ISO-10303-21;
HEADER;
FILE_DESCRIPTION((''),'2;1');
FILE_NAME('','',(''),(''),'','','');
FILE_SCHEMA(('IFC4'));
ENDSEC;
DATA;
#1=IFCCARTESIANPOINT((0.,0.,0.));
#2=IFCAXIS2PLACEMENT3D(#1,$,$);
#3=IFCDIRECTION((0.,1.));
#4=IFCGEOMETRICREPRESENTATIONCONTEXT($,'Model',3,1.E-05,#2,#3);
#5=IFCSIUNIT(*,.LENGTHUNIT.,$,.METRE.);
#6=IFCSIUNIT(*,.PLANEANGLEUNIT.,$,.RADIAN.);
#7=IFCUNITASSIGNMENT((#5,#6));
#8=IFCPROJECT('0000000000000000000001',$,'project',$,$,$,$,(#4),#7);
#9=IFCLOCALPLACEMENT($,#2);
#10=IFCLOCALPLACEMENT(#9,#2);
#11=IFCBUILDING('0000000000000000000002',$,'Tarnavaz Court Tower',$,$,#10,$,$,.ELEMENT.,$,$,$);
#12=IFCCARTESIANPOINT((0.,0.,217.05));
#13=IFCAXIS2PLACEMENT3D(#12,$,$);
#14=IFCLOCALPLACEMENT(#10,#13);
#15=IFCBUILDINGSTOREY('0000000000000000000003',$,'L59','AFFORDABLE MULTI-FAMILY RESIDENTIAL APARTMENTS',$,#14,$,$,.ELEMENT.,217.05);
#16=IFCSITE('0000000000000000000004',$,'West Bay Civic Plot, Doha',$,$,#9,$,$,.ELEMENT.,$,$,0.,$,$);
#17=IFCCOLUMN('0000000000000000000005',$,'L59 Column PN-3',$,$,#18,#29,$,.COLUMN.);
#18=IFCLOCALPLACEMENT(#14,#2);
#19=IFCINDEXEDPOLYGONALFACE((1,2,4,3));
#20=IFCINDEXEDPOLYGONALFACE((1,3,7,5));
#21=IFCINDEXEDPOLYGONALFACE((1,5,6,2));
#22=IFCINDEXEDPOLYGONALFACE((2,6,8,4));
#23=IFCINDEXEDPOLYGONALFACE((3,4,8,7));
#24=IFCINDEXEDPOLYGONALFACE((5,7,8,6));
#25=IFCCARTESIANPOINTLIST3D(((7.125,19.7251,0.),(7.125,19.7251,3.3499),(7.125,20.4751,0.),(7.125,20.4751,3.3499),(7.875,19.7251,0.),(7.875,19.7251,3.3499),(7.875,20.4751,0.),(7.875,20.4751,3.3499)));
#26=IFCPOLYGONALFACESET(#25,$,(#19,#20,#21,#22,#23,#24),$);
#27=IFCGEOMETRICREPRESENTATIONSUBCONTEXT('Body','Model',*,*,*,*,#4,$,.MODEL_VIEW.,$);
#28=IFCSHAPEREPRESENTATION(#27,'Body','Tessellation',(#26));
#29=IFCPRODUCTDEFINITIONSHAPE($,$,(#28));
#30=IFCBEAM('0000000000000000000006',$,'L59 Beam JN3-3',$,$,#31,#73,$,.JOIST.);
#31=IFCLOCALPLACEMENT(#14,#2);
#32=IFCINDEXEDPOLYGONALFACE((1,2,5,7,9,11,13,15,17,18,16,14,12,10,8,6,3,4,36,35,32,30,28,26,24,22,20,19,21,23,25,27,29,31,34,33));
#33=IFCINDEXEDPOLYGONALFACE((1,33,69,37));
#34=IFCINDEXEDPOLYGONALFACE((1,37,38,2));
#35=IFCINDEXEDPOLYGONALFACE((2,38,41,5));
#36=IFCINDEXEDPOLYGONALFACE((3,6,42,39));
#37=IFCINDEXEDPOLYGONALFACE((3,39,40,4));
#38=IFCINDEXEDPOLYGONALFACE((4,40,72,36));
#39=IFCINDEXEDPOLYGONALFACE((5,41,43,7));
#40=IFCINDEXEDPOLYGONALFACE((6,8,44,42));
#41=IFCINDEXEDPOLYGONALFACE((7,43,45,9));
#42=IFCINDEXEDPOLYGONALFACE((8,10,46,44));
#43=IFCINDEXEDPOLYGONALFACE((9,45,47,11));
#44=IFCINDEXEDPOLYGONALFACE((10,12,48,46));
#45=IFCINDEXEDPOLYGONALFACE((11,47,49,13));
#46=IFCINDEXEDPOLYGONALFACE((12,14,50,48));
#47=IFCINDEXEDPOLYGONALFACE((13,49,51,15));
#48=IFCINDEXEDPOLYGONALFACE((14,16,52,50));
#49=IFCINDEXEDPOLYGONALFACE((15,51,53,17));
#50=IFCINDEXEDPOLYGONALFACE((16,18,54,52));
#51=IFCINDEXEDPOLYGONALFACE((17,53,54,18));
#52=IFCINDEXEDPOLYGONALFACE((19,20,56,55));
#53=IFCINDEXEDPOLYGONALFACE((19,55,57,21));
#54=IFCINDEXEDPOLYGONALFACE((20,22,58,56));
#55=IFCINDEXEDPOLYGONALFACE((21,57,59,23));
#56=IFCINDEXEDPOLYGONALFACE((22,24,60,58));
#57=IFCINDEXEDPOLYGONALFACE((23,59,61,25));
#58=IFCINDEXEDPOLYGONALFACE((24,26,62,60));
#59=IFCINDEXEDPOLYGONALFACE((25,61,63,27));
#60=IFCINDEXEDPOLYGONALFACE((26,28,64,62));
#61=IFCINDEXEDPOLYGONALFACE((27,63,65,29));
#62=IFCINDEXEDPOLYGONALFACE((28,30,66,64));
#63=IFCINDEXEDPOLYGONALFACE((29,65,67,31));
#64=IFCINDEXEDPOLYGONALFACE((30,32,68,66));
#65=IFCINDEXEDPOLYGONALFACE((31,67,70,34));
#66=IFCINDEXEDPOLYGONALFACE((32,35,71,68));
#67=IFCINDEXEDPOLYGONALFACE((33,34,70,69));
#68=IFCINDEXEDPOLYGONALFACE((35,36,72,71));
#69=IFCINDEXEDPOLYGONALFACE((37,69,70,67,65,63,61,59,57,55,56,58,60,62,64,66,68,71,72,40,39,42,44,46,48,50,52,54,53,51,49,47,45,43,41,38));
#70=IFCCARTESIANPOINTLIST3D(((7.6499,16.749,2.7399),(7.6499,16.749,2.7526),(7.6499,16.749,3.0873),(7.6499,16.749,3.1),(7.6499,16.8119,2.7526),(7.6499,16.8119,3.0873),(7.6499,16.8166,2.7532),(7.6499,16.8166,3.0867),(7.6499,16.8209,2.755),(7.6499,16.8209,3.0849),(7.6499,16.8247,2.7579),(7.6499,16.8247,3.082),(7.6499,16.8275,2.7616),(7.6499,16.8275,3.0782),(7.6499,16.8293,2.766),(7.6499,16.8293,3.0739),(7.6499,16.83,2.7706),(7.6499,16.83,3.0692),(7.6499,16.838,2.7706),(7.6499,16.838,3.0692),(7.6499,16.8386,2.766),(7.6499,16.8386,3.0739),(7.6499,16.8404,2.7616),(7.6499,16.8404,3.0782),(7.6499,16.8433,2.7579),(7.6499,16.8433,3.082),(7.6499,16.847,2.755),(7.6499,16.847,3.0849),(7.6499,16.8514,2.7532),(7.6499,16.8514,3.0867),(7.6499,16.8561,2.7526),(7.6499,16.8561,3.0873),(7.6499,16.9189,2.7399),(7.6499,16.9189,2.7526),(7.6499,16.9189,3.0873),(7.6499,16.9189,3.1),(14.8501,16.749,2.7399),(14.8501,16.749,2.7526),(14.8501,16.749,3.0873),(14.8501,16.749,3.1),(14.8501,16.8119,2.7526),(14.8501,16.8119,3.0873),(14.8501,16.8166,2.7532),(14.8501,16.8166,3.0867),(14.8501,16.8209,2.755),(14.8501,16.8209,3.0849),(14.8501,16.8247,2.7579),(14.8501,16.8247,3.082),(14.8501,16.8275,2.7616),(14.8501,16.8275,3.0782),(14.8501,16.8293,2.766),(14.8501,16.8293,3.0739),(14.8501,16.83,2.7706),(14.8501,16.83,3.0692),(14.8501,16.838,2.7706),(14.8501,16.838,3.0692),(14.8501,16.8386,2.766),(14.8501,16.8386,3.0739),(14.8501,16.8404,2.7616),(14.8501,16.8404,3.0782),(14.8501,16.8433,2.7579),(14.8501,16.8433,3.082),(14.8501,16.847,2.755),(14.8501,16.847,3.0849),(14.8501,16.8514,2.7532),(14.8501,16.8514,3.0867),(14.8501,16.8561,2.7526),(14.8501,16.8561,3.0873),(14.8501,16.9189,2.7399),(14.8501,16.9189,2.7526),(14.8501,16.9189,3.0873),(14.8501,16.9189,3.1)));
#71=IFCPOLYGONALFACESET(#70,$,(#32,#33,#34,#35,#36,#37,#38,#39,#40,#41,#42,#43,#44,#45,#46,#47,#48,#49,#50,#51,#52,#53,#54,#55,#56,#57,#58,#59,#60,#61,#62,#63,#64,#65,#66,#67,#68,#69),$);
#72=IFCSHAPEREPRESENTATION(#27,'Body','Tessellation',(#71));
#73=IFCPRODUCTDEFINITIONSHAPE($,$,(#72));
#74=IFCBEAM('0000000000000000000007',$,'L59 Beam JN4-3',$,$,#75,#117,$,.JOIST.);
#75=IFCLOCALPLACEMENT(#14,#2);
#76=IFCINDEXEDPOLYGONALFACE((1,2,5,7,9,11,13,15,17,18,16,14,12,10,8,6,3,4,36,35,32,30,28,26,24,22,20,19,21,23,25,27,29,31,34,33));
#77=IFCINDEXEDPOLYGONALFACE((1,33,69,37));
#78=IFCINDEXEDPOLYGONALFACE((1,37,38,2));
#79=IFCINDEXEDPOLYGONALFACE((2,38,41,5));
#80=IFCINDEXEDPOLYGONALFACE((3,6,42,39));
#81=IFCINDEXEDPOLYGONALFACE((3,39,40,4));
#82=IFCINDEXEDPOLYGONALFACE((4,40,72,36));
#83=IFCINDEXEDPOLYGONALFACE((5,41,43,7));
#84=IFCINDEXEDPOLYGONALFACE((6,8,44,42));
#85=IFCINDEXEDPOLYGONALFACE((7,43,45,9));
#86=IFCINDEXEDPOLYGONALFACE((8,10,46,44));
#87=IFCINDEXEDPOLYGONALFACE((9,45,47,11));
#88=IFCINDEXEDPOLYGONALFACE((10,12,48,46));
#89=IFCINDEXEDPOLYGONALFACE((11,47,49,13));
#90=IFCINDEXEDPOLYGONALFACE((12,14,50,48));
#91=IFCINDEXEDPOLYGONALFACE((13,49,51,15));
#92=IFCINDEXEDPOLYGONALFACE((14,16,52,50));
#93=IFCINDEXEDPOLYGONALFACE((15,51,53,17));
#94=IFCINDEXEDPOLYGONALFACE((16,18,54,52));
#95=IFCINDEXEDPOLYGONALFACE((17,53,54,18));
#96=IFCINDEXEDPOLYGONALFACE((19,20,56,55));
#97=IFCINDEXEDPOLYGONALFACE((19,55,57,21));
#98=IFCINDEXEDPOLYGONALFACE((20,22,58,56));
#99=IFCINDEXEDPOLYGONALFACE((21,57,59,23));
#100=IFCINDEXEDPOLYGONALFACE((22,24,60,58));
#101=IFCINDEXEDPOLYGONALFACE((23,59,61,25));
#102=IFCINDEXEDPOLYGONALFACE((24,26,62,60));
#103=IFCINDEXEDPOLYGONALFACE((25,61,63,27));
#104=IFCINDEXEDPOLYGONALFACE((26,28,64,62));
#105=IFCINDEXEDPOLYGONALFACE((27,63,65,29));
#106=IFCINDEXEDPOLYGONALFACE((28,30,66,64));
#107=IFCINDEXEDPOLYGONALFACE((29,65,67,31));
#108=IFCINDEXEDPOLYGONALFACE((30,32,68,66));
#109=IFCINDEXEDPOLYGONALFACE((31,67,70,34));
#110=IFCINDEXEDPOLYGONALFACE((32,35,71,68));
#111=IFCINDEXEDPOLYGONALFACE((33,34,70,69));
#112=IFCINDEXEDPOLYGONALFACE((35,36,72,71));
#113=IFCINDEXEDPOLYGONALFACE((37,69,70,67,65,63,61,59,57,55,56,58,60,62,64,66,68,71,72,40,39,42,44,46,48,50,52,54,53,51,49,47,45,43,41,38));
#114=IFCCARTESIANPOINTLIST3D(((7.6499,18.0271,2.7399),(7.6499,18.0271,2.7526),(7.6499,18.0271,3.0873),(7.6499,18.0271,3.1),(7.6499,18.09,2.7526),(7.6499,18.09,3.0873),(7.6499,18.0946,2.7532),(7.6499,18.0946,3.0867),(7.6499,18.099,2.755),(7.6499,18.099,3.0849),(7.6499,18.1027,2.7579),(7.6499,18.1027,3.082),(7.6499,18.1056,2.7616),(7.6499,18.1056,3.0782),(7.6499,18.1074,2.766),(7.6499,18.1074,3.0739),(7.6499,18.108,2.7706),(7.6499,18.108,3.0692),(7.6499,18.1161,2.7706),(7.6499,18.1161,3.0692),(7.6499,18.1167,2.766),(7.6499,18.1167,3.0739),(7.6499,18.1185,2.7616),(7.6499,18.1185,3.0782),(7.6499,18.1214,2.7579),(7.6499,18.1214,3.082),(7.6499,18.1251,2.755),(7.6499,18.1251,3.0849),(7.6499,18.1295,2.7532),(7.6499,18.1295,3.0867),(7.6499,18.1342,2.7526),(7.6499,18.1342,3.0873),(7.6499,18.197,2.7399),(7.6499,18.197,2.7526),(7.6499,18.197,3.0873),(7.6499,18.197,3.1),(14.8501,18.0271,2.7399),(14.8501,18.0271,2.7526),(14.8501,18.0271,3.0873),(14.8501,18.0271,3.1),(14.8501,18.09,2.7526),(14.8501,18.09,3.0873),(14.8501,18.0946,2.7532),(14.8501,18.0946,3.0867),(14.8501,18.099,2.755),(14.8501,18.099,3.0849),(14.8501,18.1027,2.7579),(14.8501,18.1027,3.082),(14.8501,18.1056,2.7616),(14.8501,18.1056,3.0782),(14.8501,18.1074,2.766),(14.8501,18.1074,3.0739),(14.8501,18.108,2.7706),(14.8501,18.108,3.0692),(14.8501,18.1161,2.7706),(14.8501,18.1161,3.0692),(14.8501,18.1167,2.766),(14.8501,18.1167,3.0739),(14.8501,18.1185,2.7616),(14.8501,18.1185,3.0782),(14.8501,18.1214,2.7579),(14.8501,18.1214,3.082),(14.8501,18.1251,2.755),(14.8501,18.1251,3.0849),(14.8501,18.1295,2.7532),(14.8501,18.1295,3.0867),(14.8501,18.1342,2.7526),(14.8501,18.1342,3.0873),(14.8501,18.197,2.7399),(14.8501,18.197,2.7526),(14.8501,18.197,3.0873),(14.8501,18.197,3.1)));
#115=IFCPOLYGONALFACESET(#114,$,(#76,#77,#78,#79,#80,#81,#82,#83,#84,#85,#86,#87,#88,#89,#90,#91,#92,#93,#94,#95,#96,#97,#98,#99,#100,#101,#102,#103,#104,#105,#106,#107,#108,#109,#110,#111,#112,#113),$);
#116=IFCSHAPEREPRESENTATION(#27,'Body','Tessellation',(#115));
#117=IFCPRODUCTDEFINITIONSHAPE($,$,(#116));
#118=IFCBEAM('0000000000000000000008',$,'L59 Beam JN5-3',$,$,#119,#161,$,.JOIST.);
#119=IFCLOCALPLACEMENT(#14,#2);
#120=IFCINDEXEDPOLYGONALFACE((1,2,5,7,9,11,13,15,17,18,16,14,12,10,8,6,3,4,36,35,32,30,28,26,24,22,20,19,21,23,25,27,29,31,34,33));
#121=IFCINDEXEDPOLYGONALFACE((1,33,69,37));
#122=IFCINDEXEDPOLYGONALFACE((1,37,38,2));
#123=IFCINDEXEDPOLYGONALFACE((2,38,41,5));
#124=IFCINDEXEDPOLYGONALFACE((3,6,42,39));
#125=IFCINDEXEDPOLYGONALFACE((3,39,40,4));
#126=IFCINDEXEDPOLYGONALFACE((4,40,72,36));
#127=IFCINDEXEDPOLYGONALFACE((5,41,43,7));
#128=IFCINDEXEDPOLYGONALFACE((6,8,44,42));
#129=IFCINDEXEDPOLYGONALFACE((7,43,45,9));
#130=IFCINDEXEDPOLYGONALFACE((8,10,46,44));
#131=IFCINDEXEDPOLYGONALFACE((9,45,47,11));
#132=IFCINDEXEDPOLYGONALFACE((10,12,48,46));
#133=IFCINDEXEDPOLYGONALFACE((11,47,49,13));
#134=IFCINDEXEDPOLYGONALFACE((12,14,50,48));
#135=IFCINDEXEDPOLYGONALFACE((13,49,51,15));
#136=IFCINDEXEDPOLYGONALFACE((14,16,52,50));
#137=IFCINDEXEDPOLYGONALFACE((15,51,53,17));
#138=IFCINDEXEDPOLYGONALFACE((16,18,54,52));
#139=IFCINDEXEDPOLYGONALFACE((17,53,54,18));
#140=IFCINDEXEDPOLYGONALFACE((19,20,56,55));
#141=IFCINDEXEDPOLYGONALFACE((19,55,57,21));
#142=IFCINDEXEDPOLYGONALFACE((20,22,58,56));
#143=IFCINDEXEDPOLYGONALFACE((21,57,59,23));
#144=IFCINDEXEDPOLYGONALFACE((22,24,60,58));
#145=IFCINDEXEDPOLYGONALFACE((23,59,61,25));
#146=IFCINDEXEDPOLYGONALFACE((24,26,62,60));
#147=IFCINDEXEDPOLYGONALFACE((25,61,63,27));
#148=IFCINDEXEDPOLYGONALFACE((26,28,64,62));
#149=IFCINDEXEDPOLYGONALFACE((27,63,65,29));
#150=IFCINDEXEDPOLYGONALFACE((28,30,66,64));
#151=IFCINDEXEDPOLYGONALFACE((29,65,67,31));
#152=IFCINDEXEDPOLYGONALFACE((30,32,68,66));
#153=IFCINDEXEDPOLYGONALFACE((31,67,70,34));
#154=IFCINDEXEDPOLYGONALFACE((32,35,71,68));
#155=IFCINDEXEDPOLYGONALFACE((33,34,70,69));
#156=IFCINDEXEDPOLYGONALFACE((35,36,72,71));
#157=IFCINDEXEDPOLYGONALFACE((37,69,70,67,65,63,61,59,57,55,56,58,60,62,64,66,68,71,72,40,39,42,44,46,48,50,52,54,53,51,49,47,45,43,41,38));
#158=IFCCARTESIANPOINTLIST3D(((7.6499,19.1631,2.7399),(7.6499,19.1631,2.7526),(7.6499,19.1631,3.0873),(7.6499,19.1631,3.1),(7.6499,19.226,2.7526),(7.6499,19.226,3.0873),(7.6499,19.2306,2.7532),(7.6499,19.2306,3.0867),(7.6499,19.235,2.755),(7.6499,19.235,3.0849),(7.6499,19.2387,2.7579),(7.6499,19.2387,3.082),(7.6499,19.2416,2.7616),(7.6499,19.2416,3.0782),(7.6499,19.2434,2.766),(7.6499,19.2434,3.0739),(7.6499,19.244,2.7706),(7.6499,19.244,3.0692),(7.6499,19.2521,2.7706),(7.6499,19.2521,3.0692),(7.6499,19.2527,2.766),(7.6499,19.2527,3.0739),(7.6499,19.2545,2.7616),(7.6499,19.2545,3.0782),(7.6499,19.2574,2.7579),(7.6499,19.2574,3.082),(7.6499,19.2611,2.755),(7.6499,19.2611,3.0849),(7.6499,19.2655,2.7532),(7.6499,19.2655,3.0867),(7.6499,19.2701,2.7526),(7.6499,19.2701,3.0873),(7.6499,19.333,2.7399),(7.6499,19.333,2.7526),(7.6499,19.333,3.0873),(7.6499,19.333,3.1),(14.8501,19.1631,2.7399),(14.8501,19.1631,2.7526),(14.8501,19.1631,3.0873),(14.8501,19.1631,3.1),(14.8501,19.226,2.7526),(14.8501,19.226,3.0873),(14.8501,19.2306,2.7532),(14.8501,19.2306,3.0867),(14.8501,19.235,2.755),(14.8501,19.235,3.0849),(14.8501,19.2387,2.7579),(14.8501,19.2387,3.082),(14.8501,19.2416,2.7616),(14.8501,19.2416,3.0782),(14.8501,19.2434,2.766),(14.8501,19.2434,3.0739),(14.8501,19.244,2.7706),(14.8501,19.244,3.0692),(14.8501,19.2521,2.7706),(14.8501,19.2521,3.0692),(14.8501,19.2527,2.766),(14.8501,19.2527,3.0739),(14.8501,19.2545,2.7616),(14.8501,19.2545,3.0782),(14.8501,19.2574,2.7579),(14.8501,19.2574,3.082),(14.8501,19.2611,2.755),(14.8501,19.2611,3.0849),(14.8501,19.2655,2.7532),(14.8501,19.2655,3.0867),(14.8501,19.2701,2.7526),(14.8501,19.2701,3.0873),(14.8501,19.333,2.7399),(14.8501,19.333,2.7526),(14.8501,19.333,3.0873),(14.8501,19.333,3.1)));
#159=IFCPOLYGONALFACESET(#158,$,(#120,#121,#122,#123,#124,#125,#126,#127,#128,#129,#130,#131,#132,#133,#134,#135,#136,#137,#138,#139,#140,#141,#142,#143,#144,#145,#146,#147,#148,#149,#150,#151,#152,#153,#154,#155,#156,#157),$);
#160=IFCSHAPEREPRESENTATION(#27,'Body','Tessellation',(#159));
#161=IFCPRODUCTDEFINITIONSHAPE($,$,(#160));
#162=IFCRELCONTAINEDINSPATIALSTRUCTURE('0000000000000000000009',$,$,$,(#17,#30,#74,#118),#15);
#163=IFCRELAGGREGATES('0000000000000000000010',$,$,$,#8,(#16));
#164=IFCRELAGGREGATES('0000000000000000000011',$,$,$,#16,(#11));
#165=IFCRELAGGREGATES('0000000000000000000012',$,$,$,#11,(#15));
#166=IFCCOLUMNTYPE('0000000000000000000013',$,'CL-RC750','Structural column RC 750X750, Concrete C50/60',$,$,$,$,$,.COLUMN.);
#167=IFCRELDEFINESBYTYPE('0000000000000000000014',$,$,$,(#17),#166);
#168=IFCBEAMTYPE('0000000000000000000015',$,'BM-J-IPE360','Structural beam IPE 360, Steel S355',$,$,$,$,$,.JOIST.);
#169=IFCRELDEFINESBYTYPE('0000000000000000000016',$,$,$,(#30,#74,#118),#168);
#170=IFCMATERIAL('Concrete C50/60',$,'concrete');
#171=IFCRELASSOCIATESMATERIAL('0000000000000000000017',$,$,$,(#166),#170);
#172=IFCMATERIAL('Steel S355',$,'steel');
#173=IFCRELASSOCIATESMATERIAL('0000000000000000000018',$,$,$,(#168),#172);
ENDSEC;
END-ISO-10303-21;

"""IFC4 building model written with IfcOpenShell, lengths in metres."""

from ifc_helpers import new_model, si_unit, direction, frame, origin, origin_2d, place, context, subcontext, project, spatial, rectangle, i_section, extrude, material, material_profile, profile_set, type_object, element, save


model = new_model("IFC4")

# Units and contexts
model_context = context("Model", 3, precision=1e-05, world=origin(), true_north=direction((0.0, 1.0)))
body_context = subcontext(model_context, "Body", "Model", "MODEL_VIEW")
ifc_project = project(units=[si_unit("LENGTHUNIT", "METRE"), si_unit("PLANEANGLEUNIT", "RADIAN")], contexts=[model_context])

# Site, building, storey
site_placement = place(None, origin())
site = spatial("IfcSite", under=ifc_project, at=site_placement, Name="West Bay Civic Plot, Doha", CompositionType="ELEMENT", RefElevation=0.0)
building_placement = place(site_placement, origin())
building = spatial("IfcBuilding", under=site, at=building_placement, Name="Tarnavaz Court Tower", CompositionType="ELEMENT")
storey_placement = place(building_placement, frame((0.0, 0.0, 217.05)))
storey = spatial("IfcBuildingStorey", under=building, at=storey_placement, Name="L59", Description="AFFORDABLE MULTI-FAMILY RESIDENTIAL APARTMENTS", CompositionType="ELEMENT", Elevation=217.05)

# Column
ifc_material_1 = material(Name="Concrete C50/60", Category="concrete")
ifc_material_profile_1 = material_profile(ifc_material_1, rectangle(XDim=0.75, YDim=0.75, at=origin_2d()), Name="RC 750X750")
ifc_profile_set_1 = profile_set([ifc_material_profile_1], Name="Concrete C50/60")
column_type = type_object("IfcColumnType", Name="CL-RC750", Description="Structural column RC 750X750, Concrete C50/60", PredefinedType="COLUMN", material=ifc_profile_set_1)
column_placement = place(storey_placement, frame((7.5, 20.1001, 0.0), z_axis=(0.0, 0.0, 1.0), x_axis=(1.0, 0.0, 0.0)))
element("IfcColumn", 1, at=column_placement, inside=storey, type_object=column_type, Name="L59 Column PN-3", PredefinedType="COLUMN", context=body_context, shape_type="SweptSolid", body=[
    extrude(rectangle(XDim=0.75, YDim=0.75, at=origin_2d()), origin(), (0.0, 0.0, 1.0), 3.3499),
])

# Beams
ifc_material_2 = material(Name="Steel S355", Category="steel")
ifc_material_profile_2 = material_profile(ifc_material_2, i_section(OverallWidth=0.1699, OverallDepth=0.3601, WebThickness=0.0081, FlangeThickness=0.0127, FilletRadius=0.0181, at=origin_2d()), Name="IPE 360")
ifc_profile_set_2 = profile_set([ifc_material_profile_2], Name="Steel S355")
beam_type_1 = type_object("IfcBeamType", Name="BM-J-IPE360", Description="Structural beam IPE 360, Steel S355", PredefinedType="JOIST", material=ifc_profile_set_2)
for number, where, z_axis, x_axis, name in (
    (2, (7.6499, 16.834, 2.9199), (1.0, 0.0, 0.0), (0.0, 1.0, 0.0), "L59 Beam JN3-3"),
    (3, (7.6499, 18.1121, 2.9199), (1.0, 0.0, 0.0), (0.0, 1.0, 0.0), "L59 Beam JN4-3"),
    (4, (7.6499, 19.248, 2.9199), (1.0, 0.0, 0.0), (0.0, 1.0, 0.0), "L59 Beam JN5-3"),
):
    element("IfcBeam", number, at=place(storey_placement, frame(where, z_axis=z_axis, x_axis=x_axis)), inside=storey, type_object=beam_type_1, Name=name, PredefinedType="JOIST", context=body_context, shape_type="SweptSolid", body=[
        extrude(i_section(OverallWidth=0.1699, OverallDepth=0.3601, WebThickness=0.0081, FlangeThickness=0.0127, FilletRadius=0.0181, at=origin_2d()), origin(), (0.0, 0.0, 1.0), 7.2002),
    ])

save(model, "model.ifc")
